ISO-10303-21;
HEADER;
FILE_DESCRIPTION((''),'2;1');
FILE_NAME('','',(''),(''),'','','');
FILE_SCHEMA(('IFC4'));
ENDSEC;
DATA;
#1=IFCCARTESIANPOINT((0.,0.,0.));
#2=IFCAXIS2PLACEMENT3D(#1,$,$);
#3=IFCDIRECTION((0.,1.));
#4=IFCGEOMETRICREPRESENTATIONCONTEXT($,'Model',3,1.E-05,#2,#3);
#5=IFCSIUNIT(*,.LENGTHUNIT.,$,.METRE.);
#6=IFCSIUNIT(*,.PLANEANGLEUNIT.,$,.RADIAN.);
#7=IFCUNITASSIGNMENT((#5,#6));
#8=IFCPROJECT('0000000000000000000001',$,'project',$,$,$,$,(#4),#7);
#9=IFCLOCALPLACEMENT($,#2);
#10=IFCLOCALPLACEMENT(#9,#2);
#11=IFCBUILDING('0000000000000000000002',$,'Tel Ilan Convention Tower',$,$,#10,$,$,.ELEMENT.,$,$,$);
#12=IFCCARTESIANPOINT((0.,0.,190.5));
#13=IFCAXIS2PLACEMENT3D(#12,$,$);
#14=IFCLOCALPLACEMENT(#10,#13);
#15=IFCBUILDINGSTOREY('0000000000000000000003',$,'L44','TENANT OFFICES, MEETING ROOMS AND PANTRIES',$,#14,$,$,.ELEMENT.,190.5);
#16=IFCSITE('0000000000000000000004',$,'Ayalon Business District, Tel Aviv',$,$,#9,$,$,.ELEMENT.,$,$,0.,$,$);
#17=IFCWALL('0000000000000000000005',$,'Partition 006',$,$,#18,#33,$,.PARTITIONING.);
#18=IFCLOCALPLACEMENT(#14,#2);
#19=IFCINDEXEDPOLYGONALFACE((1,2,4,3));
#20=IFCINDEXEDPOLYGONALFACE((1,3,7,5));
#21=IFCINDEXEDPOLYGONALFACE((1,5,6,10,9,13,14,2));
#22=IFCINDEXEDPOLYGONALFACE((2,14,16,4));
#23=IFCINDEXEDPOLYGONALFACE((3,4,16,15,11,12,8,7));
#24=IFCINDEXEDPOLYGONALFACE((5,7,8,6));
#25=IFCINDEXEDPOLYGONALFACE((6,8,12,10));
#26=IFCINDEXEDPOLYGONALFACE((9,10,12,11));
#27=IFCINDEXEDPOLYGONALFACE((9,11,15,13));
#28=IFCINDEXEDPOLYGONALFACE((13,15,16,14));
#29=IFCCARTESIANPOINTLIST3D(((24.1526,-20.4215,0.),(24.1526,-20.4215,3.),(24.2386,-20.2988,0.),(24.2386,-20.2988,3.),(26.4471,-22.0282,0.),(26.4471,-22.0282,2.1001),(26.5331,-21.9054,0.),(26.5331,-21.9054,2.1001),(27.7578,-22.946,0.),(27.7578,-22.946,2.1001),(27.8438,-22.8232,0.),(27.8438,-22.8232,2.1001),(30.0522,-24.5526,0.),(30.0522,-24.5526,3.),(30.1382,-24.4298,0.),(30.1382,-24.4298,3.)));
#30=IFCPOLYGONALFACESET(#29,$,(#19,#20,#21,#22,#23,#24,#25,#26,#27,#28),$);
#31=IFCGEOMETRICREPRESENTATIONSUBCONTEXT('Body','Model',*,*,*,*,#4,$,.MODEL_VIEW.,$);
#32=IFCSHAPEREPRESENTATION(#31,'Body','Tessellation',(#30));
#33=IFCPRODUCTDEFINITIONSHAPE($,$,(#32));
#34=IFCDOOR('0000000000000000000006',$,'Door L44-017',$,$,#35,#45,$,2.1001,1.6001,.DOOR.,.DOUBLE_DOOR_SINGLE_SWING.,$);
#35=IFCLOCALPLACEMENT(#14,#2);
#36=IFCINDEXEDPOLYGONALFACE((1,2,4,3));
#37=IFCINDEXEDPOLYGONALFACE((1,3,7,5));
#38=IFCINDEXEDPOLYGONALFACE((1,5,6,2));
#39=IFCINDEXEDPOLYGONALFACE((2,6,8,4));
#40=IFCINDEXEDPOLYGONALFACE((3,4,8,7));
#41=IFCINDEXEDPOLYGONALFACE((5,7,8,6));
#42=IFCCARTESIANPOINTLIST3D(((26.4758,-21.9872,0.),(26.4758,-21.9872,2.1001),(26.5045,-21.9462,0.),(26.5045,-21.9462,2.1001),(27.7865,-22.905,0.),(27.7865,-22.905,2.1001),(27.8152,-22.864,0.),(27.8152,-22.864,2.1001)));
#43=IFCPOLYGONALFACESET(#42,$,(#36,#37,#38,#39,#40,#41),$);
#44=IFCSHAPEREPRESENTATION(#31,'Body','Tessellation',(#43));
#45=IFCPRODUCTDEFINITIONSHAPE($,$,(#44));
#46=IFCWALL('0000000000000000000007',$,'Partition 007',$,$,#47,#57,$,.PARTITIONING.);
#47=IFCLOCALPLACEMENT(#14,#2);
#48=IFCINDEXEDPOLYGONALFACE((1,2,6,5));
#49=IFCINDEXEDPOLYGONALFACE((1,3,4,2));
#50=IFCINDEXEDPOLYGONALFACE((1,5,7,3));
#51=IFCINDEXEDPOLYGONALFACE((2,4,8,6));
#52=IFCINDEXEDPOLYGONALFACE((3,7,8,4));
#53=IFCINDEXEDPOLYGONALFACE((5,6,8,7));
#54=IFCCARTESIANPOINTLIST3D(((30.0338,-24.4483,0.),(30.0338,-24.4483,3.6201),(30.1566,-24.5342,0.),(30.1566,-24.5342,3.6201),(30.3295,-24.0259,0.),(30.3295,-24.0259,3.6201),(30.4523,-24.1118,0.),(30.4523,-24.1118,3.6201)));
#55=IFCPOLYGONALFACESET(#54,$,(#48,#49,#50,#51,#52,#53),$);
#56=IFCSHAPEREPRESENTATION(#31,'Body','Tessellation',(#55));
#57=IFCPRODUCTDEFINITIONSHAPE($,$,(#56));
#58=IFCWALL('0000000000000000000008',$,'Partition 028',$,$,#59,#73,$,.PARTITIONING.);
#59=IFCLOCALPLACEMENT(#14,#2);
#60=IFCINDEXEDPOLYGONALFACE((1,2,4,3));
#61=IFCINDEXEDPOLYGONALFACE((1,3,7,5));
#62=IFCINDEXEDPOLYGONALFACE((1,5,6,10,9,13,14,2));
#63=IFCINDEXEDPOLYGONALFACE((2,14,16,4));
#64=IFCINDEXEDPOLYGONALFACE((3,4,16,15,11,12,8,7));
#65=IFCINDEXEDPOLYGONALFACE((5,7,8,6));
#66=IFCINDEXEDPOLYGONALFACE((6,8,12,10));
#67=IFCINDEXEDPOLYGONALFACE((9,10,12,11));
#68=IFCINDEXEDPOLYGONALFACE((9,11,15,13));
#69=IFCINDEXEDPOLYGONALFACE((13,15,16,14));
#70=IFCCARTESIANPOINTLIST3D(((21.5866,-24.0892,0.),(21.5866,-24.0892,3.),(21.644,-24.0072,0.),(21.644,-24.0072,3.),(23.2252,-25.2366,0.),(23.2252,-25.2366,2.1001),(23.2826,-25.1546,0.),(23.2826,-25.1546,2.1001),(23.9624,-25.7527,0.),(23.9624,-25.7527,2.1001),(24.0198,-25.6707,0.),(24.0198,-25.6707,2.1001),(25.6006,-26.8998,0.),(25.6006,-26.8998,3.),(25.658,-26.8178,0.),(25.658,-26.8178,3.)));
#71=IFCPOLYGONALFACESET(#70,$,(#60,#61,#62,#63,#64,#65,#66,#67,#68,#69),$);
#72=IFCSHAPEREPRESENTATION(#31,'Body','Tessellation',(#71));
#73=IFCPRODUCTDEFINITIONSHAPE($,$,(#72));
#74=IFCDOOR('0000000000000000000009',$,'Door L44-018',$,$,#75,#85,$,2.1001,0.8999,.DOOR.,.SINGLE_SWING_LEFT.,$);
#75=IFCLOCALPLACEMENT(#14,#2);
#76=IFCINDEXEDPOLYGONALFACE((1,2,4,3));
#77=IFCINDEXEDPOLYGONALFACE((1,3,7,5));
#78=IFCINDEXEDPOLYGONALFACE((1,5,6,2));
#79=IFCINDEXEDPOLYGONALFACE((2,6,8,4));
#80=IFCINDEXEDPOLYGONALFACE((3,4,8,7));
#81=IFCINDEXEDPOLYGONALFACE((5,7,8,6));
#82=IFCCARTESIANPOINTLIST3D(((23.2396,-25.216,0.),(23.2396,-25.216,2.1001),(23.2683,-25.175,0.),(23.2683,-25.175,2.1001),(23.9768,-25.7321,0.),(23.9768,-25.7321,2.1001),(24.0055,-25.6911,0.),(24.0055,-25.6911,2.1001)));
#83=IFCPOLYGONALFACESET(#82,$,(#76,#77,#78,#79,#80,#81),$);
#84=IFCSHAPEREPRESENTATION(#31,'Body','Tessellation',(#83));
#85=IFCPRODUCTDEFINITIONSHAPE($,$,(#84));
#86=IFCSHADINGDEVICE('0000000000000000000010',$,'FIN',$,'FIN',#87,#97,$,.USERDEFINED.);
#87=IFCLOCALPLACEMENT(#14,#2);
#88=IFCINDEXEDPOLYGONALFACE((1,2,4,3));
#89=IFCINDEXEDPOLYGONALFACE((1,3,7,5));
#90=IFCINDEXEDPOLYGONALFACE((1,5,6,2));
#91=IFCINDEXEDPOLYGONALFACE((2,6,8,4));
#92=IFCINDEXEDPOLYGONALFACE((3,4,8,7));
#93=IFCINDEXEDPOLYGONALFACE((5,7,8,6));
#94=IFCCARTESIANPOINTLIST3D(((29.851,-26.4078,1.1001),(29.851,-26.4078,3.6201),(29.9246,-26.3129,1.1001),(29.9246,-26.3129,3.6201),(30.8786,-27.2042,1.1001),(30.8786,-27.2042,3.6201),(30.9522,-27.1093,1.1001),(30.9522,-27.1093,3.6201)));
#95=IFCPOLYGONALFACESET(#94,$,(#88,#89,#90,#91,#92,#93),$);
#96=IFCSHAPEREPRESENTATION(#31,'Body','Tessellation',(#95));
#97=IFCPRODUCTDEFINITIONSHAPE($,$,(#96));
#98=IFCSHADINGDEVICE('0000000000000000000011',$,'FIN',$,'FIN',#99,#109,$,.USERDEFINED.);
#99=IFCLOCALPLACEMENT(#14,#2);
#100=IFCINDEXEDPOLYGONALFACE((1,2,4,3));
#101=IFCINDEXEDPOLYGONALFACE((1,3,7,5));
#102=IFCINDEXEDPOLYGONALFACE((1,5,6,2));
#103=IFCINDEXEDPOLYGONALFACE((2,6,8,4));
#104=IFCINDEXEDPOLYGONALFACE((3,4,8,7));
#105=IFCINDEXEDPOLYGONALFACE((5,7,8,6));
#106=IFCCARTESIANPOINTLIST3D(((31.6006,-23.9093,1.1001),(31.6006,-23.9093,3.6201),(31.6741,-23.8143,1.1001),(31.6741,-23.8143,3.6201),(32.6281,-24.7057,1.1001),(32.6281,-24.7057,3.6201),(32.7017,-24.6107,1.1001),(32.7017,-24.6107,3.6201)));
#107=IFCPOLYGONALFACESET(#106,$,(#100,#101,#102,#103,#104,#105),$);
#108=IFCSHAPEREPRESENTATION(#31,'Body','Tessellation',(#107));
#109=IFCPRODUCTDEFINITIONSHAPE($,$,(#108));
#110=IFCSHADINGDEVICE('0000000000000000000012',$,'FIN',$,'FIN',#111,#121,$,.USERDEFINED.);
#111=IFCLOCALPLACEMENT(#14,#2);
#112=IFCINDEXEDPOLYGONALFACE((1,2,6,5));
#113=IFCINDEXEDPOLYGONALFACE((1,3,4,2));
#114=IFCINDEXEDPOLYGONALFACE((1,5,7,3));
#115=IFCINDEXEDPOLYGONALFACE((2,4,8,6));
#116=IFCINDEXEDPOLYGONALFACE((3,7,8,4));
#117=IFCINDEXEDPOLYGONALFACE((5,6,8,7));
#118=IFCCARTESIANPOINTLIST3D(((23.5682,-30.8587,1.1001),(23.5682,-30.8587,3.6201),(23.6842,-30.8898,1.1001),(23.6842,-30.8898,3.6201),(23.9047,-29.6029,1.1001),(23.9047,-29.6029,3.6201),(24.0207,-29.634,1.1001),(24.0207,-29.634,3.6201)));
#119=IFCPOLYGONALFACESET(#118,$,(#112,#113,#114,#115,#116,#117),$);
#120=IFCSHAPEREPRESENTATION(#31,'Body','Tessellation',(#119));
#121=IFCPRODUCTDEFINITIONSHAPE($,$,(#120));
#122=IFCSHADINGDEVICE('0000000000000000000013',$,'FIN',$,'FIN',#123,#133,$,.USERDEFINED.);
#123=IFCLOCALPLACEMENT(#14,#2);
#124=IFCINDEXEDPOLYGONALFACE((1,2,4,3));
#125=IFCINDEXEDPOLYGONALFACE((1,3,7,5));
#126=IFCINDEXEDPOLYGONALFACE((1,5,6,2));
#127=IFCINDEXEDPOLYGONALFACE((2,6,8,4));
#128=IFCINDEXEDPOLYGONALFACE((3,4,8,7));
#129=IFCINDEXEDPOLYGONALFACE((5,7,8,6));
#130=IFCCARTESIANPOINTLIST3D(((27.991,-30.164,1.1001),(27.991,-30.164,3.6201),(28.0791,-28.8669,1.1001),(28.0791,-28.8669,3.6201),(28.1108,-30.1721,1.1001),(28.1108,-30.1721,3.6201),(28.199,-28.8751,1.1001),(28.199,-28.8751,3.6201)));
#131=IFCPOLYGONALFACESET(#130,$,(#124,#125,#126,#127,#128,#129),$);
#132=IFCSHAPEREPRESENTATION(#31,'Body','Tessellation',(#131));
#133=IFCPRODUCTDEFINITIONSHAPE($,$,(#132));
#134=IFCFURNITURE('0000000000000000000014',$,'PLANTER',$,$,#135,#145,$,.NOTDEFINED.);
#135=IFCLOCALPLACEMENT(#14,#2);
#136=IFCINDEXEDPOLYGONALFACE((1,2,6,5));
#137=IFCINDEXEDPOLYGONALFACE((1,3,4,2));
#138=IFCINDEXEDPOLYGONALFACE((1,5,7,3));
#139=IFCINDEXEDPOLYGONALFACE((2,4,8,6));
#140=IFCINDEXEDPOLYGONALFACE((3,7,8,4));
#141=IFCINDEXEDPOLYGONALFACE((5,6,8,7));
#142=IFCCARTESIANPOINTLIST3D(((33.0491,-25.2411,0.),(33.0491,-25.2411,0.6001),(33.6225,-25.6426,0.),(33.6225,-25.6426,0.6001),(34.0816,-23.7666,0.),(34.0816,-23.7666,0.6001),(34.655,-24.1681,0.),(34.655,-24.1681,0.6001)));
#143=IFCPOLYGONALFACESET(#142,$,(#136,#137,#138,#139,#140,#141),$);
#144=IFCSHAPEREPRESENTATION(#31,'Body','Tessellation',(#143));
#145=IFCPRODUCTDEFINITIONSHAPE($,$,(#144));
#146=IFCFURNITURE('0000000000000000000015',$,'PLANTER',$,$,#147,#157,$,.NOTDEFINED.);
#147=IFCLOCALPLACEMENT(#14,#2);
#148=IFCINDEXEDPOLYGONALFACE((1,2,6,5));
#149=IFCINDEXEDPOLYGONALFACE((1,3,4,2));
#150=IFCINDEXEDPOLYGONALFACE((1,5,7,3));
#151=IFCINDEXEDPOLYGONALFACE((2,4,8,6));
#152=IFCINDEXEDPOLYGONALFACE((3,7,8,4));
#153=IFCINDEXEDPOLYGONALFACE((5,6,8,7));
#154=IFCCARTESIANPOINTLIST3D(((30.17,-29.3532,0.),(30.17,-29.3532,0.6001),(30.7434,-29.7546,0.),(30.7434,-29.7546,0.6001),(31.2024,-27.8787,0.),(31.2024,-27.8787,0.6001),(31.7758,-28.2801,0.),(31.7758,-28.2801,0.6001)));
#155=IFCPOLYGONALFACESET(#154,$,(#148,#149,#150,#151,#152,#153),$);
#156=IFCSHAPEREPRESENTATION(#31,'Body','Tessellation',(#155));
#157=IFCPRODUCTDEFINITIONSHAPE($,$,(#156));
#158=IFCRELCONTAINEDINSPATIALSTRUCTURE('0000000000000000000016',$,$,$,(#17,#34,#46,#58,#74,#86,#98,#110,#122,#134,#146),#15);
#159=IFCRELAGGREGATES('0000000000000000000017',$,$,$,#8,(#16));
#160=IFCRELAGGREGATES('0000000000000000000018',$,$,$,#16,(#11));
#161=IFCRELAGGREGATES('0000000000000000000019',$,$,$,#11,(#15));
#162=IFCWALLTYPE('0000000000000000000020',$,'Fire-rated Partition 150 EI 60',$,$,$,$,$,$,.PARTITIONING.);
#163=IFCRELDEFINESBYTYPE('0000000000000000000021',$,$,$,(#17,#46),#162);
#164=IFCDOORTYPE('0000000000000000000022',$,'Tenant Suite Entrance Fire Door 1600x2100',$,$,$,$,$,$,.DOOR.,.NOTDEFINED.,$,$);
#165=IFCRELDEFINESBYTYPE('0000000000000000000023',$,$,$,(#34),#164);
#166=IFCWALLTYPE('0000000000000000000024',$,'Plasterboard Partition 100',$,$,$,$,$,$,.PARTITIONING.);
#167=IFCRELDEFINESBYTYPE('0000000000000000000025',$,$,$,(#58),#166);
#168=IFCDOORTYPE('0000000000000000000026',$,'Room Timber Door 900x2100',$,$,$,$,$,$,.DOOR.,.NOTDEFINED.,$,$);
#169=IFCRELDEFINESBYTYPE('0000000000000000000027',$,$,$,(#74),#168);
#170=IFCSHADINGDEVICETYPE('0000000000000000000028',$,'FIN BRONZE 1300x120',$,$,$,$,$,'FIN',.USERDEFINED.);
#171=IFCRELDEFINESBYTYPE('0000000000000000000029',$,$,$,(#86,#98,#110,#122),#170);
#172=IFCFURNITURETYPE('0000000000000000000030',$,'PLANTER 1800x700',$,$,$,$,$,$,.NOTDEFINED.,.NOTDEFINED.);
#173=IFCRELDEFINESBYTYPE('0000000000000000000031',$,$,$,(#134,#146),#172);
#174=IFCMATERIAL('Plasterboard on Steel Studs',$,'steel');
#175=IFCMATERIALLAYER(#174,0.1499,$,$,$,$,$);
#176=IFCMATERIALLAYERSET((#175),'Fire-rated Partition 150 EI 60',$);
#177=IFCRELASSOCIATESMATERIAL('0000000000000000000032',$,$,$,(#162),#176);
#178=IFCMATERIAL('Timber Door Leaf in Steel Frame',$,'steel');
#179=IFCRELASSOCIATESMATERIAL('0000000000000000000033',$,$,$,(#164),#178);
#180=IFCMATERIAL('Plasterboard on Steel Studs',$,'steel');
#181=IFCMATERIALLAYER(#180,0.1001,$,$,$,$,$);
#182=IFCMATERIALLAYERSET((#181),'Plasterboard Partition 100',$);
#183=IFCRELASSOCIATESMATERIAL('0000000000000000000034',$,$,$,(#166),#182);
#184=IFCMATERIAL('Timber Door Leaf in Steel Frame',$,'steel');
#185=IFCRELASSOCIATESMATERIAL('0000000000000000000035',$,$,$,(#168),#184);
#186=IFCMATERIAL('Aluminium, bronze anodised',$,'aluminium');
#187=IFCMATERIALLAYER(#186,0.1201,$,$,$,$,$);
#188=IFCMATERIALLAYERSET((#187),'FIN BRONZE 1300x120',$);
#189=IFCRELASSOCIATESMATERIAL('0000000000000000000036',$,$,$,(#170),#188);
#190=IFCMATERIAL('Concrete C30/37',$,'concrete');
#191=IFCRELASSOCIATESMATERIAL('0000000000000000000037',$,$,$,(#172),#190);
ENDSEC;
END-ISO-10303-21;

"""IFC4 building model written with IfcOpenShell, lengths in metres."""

from ifc_helpers import new_model, si_unit, direction, frame, frame_2d, origin, origin_2d, place, context, subcontext, project, spatial, rectangle, extrude, material, layer, layer_set, type_object, element, fill, save


model = new_model("IFC4")

# Units and contexts
model_context = context("Model", 3, precision=1e-05, world=origin(), true_north=direction((0.0, 1.0)))
body_context = subcontext(model_context, "Body", "Model", "MODEL_VIEW")
ifc_project = project(units=[si_unit("LENGTHUNIT", "METRE"), si_unit("PLANEANGLEUNIT", "RADIAN")], contexts=[model_context])

# Site, building, storey
site_placement = place(None, origin())
site = spatial("IfcSite", under=ifc_project, at=site_placement, Name="Ayalon Business District, Tel Aviv", CompositionType="ELEMENT", RefElevation=0.0)
building_placement = place(site_placement, origin())
building = spatial("IfcBuilding", under=site, at=building_placement, Name="Tel Ilan Convention Tower", CompositionType="ELEMENT")
storey_placement = place(building_placement, frame((0.0, 0.0, 190.5)))
storey = spatial("IfcBuildingStorey", under=building, at=storey_placement, Name="L44", Description="TENANT OFFICES, MEETING ROOMS AND PANTRIES", CompositionType="ELEMENT", Elevation=190.5)

# Wall, opening, door
ifc_material_1 = material(Name="Plasterboard on Steel Studs", Category="steel")
ifc_layer_1 = layer(ifc_material_1, 0.1499)
ifc_layer_set_1 = layer_set([ifc_layer_1], Name="Fire-rated Partition 150 EI 60")
wall_type_1 = type_object("IfcWallType", Name="Fire-rated Partition 150 EI 60", PredefinedType="PARTITIONING", material=ifc_layer_set_1)
wall_1_placement = place(storey_placement, frame((30.0952, -24.4912, 0.0), z_axis=(0.0, 0.0, 1.0), x_axis=(-0.819144, 0.573587, 0.0)))
wall_1 = element("IfcWall", 1, at=wall_1_placement, inside=storey, type_object=wall_type_1, Name="Partition 006", PredefinedType="PARTITIONING", context=body_context, shape_type="SweptSolid", body=[
    extrude(rectangle(XDim=7.2021, YDim=0.1499, at=frame_2d((3.6011, 0.0))), origin(), (0.0, 0.0, 1.0), 3.0),
])
opening_1_placement = place(wall_1_placement, frame((2.801, 0.0, 0.0)))
opening_1 = element("IfcOpeningElement", 2, at=opening_1_placement, cuts=wall_1, PredefinedType="OPENING", context=body_context, shape_type="SweptSolid", body=[
    extrude(rectangle(XDim=1.6001, YDim=2.1001, at=frame_2d((0.8, 1.05))), frame((0.0, 0.085, 0.0), z_axis=(0.0, -1.0, 0.0), x_axis=(1.0, 0.0, 0.0)), (0.0, 0.0, 1.0), 0.1699),
])
ifc_material_2 = material(Name="Timber Door Leaf in Steel Frame", Category="steel")
door_type_1 = type_object("IfcDoorType", Name="Tenant Suite Entrance Fire Door 1600x2100", OperationType="NOTDEFINED", PredefinedType="DOOR", material=ifc_material_2)
door_1_placement = place(opening_1_placement, origin())
door_1 = element("IfcDoor", 3, at=door_1_placement, inside=storey, type_object=door_type_1, Name="Door L44-017", OperationType="DOUBLE_DOOR_SINGLE_SWING", OverallHeight=2.1001, OverallWidth=1.6001, PredefinedType="DOOR", context=body_context, shape_type="SweptSolid", body=[
    extrude(rectangle(XDim=1.6001, YDim=2.1001, at=frame_2d((0.8, 1.05))), frame((0.0, 0.0249, 0.0), z_axis=(0.0, -1.0, 0.0), x_axis=(1.0, 0.0, 0.0)), (0.0, 0.0, 1.0), 0.05),
])
fill(opening_1, door_1)

# Wall
wall_2_placement = place(storey_placement, frame((30.3909, -24.0688, 0.0), z_axis=(0.0, 0.0, 1.0), x_axis=(-0.573462, -0.819232, 0.0)))
element("IfcWall", 4, at=wall_2_placement, inside=storey, type_object=wall_type_1, Name="Partition 007", PredefinedType="PARTITIONING", context=body_context, shape_type="SweptSolid", body=[
    extrude(rectangle(XDim=0.5156, YDim=0.1499, at=frame_2d((0.2578, 0.0))), origin(), (0.0, 0.0, 1.0), 3.6201),
])

# Wall, opening, door
ifc_material_3 = material(Name="Plasterboard on Steel Studs", Category="steel")
ifc_layer_2 = layer(ifc_material_3, 0.1001)
ifc_layer_set_2 = layer_set([ifc_layer_2], Name="Plasterboard Partition 100")
wall_type_2 = type_object("IfcWallType", Name="Plasterboard Partition 100", PredefinedType="PARTITIONING", material=ifc_layer_set_2)
wall_3_placement = place(storey_placement, frame((25.6294, -26.8589, 0.0), z_axis=(0.0, 0.0, 1.0), x_axis=(-0.819155, 0.573573, 0.0)))
wall_3 = element("IfcWall", 5, at=wall_3_placement, inside=storey, type_object=wall_type_2, Name="Partition 028", PredefinedType="PARTITIONING", context=body_context, shape_type="SweptSolid", body=[
    extrude(rectangle(XDim=4.9001, YDim=0.1001, at=frame_2d((2.4502, 0.0))), origin(), (0.0, 0.0, 1.0), 3.0),
])
opening_2_placement = place(wall_3_placement, frame((2.0, 0.0, 0.0)))
opening_2 = element("IfcOpeningElement", 6, at=opening_2_placement, cuts=wall_3, PredefinedType="OPENING", context=body_context, shape_type="SweptSolid", body=[
    extrude(rectangle(XDim=0.8999, YDim=2.1001, at=frame_2d((0.45, 1.05))), frame((0.0, 0.0601, 0.0), z_axis=(0.0, -1.0, 0.0), x_axis=(1.0, 0.0, 0.0)), (0.0, 0.0, 1.0), 0.1201),
])
ifc_material_4 = material(Name="Timber Door Leaf in Steel Frame", Category="steel")
door_type_2 = type_object("IfcDoorType", Name="Room Timber Door 900x2100", OperationType="NOTDEFINED", PredefinedType="DOOR", material=ifc_material_4)
door_2_placement = place(opening_2_placement, origin())
door_2 = element("IfcDoor", 7, at=door_2_placement, inside=storey, type_object=door_type_2, Name="Door L44-018", OperationType="SINGLE_SWING_LEFT", OverallHeight=2.1001, OverallWidth=0.8999, PredefinedType="DOOR", context=body_context, shape_type="SweptSolid", body=[
    extrude(rectangle(XDim=0.8999, YDim=2.1001, at=frame_2d((0.45, 1.05))), frame((0.0, 0.0249, 0.0), z_axis=(0.0, -1.0, 0.0), x_axis=(1.0, 0.0, 0.0)), (0.0, 0.0, 1.0), 0.05),
])
fill(opening_2, door_2)

# Shading devices
ifc_material_5 = material(Name="Aluminium, bronze anodised", Category="aluminium")
ifc_layer_3 = layer(ifc_material_5, 0.1201)
ifc_layer_set_3 = layer_set([ifc_layer_3], Name="FIN BRONZE 1300x120")
shading_device_type = type_object("IfcShadingDeviceType", Name="FIN BRONZE 1300x120", ElementType="FIN", PredefinedType="USERDEFINED", material=ifc_layer_set_3)
for number, where, z_axis, x_axis, name in (
    (8, (30.4016, -26.7585, 1.1001), (0.0, 0.0, 1.0), (0.790393, -0.612601, 0.0), "FIN"),
    (9, (32.1511, -24.26, 1.1001), (0.0, 0.0, 1.0), (0.790393, -0.612601, 0.0), "FIN"),
    (10, (23.7944, -30.2463, 1.1001), (0.0, 0.0, 1.0), (-0.258819, -0.965926, 0.0), "FIN"),
    (11, (28.095, -29.5195, 1.1001), (0.0, 0.0, 1.0), (-0.067822, -0.997697, 0.0), "FIN"),
):
    element("IfcShadingDevice", number, at=place(storey_placement, frame(where, z_axis=z_axis, x_axis=x_axis)), inside=storey, type_object=shading_device_type, Name=name, ObjectType="FIN", PredefinedType="USERDEFINED", context=body_context, shape_type="SweptSolid", body=[
        extrude(rectangle(XDim=1.3, YDim=0.1201, at=origin_2d()), origin(), (0.0, 0.0, 1.0), 2.52),
    ])

# Furniture
ifc_material_6 = material(Name="Concrete C30/37", Category="concrete")
furniture_type = type_object("IfcFurnitureType", Name="PLANTER 1800x700", AssemblyPlace="NOTDEFINED", PredefinedType="NOTDEFINED", material=ifc_material_6)
for number, where, z_axis, x_axis, name in (
    (12, (33.8521, -24.7046, 0.0), (0.0, 0.0, 1.0), (-0.573576, -0.819152, 0.0), "PLANTER"),
    (13, (30.9729, -28.8167, 0.0), (0.0, 0.0, 1.0), (-0.573576, -0.819152, 0.0), "PLANTER"),
):
    element("IfcFurniture", number, at=place(storey_placement, frame(where, z_axis=z_axis, x_axis=x_axis)), inside=storey, type_object=furniture_type, Name=name, PredefinedType="NOTDEFINED", context=body_context, shape_type="SweptSolid", body=[
        extrude(rectangle(XDim=1.8, YDim=0.7, at=origin_2d()), origin(), (0.0, 0.0, 1.0), 0.6001),
    ])

save(model, "model.ifc")
